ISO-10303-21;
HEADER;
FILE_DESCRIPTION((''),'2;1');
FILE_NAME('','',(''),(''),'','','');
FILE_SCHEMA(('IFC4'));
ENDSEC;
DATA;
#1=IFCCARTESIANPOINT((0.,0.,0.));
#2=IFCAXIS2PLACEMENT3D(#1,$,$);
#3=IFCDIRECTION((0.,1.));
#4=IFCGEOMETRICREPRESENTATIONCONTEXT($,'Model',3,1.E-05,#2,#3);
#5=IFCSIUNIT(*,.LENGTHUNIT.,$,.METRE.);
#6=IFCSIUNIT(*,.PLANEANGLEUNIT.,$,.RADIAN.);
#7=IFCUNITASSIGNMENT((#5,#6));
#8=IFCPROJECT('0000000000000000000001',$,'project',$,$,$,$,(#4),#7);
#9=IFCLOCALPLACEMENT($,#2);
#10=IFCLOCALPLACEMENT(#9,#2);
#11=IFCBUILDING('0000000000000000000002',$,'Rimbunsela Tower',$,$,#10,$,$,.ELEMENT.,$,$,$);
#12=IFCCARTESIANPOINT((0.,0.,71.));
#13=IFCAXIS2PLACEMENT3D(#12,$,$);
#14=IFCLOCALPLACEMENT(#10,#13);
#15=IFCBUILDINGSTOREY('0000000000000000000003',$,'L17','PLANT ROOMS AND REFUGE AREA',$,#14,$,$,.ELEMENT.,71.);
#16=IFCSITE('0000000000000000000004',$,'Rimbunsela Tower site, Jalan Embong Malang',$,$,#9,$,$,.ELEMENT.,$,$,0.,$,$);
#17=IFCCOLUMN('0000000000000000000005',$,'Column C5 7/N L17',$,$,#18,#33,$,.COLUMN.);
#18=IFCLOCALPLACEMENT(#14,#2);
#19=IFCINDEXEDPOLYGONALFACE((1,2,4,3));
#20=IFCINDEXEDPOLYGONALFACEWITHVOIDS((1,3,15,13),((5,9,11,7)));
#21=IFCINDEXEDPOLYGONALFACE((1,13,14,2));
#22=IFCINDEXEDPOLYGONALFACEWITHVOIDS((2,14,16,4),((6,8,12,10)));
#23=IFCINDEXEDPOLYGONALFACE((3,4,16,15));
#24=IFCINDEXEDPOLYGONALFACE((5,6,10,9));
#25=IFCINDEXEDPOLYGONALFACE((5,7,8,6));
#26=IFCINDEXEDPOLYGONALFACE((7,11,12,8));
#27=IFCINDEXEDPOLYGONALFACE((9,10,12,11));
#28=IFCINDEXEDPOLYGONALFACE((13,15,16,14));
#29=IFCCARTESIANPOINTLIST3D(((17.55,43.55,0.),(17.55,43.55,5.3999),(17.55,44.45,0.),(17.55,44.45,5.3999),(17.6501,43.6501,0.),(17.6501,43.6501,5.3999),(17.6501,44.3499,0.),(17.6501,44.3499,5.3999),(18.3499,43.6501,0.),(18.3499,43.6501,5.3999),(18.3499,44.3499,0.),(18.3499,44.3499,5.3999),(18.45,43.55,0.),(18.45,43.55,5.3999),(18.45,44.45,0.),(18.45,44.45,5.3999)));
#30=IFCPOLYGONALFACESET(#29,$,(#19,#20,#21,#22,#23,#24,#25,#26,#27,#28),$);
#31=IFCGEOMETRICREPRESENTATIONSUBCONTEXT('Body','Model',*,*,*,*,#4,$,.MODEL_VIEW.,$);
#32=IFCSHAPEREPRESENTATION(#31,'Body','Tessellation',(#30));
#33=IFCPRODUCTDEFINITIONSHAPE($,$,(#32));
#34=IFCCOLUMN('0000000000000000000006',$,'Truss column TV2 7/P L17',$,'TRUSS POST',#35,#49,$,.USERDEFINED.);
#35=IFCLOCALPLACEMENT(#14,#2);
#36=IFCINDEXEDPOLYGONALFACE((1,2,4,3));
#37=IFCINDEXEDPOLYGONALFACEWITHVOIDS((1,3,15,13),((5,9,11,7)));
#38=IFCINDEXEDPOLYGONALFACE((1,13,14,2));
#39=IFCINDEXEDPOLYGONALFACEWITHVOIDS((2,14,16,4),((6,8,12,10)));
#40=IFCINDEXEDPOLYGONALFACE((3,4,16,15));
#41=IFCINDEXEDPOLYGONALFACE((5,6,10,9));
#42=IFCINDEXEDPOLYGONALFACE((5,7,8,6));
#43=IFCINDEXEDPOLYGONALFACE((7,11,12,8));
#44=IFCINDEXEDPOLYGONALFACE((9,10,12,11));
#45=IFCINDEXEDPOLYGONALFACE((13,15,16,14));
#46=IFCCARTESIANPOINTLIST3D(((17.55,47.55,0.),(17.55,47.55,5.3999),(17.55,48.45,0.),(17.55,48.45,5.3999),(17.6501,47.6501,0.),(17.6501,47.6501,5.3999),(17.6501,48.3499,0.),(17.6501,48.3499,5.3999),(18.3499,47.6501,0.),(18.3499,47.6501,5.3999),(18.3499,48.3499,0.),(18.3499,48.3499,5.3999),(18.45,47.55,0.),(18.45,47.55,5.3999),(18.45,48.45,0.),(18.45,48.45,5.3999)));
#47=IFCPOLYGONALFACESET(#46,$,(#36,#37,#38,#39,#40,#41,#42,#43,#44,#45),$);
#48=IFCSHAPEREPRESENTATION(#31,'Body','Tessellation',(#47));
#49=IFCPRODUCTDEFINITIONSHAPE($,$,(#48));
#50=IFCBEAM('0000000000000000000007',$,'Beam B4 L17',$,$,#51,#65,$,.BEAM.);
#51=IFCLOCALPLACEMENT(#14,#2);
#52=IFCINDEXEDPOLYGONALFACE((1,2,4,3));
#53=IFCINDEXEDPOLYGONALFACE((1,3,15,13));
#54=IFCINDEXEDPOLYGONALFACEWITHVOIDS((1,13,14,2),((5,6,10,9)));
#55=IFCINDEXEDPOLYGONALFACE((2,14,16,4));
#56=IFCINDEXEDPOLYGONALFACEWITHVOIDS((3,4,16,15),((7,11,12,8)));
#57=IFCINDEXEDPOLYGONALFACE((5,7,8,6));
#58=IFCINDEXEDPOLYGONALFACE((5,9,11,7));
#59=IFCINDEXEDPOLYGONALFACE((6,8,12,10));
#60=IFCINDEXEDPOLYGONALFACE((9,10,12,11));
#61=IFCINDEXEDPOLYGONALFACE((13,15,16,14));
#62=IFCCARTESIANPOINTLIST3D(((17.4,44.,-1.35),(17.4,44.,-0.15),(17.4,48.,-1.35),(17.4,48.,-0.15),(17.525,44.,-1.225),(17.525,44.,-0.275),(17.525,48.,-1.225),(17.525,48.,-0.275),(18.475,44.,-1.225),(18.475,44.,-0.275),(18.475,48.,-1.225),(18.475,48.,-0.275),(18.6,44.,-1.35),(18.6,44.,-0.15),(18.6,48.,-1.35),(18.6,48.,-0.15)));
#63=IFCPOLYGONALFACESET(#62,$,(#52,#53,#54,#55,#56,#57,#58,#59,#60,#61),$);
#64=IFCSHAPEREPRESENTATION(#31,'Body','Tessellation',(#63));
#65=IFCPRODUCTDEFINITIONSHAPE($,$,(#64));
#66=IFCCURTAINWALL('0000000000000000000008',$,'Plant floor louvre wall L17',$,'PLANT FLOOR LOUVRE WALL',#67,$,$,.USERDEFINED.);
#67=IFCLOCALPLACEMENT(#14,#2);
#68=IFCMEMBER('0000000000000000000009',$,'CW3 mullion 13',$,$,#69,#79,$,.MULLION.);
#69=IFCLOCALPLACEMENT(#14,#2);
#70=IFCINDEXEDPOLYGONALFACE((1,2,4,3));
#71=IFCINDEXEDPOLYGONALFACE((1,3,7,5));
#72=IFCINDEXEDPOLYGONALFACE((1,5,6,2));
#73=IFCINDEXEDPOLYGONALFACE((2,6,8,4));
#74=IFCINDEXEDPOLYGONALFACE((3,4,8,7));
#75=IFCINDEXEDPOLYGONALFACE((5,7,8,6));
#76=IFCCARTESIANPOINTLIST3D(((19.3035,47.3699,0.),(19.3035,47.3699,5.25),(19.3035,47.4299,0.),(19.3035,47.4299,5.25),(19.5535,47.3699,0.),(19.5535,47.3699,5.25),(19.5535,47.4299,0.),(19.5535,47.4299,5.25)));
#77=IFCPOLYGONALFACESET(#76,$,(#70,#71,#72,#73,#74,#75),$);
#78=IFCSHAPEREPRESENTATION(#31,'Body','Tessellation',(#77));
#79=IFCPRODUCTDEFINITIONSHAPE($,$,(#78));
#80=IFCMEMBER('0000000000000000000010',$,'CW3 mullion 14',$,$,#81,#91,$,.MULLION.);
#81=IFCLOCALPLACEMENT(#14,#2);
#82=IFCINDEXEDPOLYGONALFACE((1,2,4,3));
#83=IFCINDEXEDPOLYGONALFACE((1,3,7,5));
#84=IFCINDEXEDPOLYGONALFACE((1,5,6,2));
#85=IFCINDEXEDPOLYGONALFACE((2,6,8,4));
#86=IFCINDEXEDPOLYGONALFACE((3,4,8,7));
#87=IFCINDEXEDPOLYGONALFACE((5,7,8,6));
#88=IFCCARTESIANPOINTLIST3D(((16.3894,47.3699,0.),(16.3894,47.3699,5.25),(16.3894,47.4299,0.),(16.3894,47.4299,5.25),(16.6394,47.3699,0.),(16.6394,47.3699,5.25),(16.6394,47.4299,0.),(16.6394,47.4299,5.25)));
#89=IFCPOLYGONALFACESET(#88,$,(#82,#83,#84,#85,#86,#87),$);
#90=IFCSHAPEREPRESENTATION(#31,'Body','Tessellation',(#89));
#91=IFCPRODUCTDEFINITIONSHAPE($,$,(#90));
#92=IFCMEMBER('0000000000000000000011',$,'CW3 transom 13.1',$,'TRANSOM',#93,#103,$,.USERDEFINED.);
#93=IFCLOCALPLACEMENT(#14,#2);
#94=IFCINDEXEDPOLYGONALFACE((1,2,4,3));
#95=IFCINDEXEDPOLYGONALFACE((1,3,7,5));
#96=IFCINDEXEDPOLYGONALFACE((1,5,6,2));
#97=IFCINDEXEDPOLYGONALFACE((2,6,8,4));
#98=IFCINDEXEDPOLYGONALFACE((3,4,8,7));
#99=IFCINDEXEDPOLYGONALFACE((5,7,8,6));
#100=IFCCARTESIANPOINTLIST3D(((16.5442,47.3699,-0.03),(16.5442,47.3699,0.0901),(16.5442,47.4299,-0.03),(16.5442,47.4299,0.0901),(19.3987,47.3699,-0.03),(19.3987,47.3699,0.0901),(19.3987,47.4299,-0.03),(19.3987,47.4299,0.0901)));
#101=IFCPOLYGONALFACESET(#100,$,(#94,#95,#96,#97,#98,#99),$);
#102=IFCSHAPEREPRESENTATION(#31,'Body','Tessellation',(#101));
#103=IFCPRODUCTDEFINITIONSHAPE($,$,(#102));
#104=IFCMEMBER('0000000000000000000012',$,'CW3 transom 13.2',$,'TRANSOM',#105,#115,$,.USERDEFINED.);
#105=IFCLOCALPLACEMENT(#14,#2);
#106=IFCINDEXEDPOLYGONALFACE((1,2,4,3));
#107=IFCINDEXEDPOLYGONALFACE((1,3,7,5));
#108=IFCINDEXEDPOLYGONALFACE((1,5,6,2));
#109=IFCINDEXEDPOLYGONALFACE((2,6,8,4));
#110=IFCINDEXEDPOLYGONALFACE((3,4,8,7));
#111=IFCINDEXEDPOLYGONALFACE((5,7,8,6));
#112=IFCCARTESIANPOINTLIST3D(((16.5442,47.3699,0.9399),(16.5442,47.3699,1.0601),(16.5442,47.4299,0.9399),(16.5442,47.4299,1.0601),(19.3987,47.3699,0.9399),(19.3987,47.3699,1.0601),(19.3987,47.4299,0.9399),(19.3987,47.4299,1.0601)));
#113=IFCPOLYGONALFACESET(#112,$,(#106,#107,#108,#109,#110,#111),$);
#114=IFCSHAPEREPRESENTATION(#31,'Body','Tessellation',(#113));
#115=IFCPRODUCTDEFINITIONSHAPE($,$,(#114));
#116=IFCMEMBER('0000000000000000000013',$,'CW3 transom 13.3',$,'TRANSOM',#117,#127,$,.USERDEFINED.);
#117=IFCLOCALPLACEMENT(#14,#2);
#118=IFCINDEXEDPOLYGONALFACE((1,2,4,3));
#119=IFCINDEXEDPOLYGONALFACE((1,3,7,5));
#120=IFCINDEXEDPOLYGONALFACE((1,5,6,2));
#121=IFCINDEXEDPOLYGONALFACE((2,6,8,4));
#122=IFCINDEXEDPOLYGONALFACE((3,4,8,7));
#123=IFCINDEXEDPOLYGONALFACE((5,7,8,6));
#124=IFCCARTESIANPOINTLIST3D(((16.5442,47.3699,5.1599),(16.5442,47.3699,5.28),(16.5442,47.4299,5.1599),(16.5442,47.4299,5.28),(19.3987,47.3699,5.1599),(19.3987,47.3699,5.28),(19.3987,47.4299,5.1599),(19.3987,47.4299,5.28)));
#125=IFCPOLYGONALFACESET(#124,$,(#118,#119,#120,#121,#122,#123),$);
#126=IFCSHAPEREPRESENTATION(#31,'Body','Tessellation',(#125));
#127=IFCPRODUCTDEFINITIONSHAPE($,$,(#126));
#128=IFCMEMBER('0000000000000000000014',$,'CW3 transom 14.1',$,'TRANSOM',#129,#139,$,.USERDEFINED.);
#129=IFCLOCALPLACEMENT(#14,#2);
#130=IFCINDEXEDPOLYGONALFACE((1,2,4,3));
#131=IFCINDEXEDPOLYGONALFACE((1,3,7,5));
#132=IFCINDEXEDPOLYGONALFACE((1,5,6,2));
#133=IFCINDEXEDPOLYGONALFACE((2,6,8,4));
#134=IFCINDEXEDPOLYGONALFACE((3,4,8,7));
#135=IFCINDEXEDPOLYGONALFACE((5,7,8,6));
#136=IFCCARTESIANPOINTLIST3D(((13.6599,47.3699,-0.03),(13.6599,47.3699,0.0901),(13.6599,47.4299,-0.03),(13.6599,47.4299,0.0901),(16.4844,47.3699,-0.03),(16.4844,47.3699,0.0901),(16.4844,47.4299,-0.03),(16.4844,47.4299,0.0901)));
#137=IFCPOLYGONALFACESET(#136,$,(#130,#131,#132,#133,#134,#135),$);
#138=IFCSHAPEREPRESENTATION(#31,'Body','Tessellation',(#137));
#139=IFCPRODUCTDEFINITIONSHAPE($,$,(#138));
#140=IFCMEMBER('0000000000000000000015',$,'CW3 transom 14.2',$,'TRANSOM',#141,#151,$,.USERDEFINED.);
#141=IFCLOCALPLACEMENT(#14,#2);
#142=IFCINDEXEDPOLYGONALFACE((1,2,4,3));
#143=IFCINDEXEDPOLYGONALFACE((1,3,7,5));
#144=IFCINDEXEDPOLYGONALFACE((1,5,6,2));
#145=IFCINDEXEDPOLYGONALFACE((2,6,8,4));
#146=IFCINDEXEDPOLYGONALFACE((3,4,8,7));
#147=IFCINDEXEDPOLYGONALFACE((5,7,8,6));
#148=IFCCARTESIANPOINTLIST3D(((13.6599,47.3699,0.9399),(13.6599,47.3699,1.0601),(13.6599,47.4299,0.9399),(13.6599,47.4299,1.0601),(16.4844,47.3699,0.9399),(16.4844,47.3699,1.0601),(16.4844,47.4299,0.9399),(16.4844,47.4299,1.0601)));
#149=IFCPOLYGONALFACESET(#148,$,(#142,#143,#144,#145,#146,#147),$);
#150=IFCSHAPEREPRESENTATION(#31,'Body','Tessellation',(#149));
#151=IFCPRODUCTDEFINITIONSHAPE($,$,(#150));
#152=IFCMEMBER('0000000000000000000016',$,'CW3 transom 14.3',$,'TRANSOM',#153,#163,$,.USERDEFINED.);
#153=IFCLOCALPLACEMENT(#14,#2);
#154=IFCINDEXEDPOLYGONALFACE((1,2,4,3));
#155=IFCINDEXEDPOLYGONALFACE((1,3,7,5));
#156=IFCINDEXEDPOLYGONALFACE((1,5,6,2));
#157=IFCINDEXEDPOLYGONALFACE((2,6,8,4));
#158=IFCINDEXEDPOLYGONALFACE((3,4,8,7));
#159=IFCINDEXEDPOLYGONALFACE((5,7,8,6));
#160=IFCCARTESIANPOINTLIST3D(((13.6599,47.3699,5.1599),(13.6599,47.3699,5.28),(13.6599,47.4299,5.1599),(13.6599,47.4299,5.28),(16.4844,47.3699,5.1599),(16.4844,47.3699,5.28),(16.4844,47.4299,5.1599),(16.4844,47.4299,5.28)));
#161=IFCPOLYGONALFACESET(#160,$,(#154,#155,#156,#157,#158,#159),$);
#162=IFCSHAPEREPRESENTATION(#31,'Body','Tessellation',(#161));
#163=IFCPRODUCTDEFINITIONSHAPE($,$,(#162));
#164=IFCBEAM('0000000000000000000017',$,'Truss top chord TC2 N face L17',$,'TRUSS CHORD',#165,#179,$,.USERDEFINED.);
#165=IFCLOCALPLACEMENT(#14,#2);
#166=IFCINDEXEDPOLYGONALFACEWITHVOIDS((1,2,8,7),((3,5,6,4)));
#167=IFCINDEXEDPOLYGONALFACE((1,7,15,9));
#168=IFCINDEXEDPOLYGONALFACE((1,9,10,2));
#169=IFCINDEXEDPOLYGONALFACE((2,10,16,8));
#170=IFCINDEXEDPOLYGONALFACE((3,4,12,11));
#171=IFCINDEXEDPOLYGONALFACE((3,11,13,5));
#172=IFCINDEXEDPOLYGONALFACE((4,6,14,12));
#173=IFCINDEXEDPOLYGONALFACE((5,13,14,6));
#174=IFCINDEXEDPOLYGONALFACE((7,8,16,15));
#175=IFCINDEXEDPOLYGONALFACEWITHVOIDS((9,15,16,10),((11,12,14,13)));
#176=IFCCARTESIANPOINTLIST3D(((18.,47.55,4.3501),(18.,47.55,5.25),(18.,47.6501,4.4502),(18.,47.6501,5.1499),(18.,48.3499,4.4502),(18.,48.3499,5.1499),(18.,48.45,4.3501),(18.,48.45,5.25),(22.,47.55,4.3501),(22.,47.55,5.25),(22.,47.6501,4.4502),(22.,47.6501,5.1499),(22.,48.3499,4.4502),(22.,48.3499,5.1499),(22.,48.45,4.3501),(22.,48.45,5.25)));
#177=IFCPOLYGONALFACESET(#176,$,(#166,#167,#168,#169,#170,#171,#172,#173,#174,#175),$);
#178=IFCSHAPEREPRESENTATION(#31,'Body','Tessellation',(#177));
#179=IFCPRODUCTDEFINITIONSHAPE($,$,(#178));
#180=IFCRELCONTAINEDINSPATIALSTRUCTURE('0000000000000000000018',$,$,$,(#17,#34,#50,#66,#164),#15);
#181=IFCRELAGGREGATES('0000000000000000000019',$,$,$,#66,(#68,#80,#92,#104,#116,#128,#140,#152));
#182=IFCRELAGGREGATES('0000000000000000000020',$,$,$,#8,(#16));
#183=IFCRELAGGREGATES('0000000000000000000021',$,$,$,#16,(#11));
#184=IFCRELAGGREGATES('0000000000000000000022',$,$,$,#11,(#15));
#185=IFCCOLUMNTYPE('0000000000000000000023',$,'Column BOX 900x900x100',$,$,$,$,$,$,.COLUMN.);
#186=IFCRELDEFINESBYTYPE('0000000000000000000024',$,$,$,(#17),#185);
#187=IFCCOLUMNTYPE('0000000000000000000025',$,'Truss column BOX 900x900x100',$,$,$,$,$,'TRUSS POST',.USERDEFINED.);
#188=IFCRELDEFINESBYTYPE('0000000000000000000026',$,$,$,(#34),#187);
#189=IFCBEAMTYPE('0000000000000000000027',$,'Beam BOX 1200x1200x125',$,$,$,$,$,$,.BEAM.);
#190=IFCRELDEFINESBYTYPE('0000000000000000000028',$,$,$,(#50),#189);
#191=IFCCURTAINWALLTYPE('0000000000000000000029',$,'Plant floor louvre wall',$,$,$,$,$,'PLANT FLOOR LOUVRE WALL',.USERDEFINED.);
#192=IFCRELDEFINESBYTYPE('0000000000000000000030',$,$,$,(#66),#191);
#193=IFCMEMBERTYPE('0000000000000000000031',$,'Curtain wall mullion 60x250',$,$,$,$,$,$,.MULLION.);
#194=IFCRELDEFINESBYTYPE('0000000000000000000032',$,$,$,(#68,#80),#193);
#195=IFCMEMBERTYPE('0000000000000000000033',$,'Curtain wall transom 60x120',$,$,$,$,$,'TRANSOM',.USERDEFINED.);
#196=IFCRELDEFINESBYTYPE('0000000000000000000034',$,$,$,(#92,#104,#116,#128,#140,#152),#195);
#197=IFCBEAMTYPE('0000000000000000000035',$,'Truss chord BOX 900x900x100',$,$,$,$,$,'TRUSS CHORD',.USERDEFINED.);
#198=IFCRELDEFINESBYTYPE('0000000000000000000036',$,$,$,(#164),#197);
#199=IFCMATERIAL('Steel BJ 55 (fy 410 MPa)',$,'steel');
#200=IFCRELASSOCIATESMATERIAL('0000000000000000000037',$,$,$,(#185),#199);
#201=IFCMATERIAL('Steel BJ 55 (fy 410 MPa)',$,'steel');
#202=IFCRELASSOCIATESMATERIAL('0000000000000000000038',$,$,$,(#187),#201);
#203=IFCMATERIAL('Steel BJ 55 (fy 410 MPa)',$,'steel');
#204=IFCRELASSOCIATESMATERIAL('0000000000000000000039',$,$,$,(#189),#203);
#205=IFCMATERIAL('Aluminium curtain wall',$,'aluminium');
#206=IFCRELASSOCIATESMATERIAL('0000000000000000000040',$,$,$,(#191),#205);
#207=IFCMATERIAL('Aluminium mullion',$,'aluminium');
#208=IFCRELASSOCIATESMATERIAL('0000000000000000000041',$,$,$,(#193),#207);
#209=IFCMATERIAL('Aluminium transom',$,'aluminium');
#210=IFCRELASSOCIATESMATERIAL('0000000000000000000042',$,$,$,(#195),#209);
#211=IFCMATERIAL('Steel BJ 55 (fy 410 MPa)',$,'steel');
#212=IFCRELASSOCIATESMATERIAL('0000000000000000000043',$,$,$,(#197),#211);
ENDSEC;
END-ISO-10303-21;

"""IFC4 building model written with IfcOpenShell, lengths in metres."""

from ifc_helpers import new_model, si_unit, direction, frame, origin, origin_2d, place, context, subcontext, project, spatial, rectangle, hollow_rectangle, extrude, material, material_profile, profile_set, type_object, element, aggregate, save


model = new_model("IFC4")

# Units and contexts
model_context = context("Model", 3, precision=1e-05, world=origin(), true_north=direction((0.0, 1.0)))
body_context = subcontext(model_context, "Body", "Model", "MODEL_VIEW")
ifc_project = project(units=[si_unit("LENGTHUNIT", "METRE"), si_unit("PLANEANGLEUNIT", "RADIAN")], contexts=[model_context])

# Site, building, storey
site_placement = place(None, origin())
site = spatial("IfcSite", under=ifc_project, at=site_placement, Name="Rimbunsela Tower site, Jalan Embong Malang", CompositionType="ELEMENT", RefElevation=0.0)
building_placement = place(site_placement, origin())
building = spatial("IfcBuilding", under=site, at=building_placement, Name="Rimbunsela Tower", CompositionType="ELEMENT")
storey_placement = place(building_placement, frame((0.0, 0.0, 71.0)))
storey = spatial("IfcBuildingStorey", under=building, at=storey_placement, Name="L17", Description="PLANT ROOMS AND REFUGE AREA", CompositionType="ELEMENT", Elevation=71.0)

# Columns
ifc_material_1 = material(Name="Steel BJ 55 (fy 410 MPa)", Category="steel")
ifc_material_profile_1 = material_profile(ifc_material_1, hollow_rectangle(XDim=0.8999, YDim=0.8999, WallThickness=0.1001, at=origin_2d()), Name="BOX 900x900x100")
ifc_profile_set_1 = profile_set([ifc_material_profile_1], Name="Steel BJ 55 (fy 410 MPa)")
column_type_1 = type_object("IfcColumnType", Name="Column BOX 900x900x100", PredefinedType="COLUMN", material=ifc_profile_set_1)
column_1_placement = place(storey_placement, frame((18.0, 44.0, 0.0), z_axis=(0.0, 0.0, 1.0), x_axis=(1.0, 0.0, 0.0)))
element("IfcColumn", 1, at=column_1_placement, inside=storey, type_object=column_type_1, Name="Column C5 7/N L17", PredefinedType="COLUMN", context=body_context, shape_type="SweptSolid", body=[
    extrude(hollow_rectangle(XDim=0.8999, YDim=0.8999, WallThickness=0.1001, at=origin_2d()), origin(), (0.0, 0.0, 1.0), 5.3999),
])
ifc_material_2 = material(Name="Steel BJ 55 (fy 410 MPa)", Category="steel")
ifc_material_profile_2 = material_profile(ifc_material_2, hollow_rectangle(XDim=0.8999, YDim=0.8999, WallThickness=0.1001, at=origin_2d()), Name="BOX 900x900x100")
ifc_profile_set_2 = profile_set([ifc_material_profile_2], Name="Steel BJ 55 (fy 410 MPa)")
column_type_2 = type_object("IfcColumnType", Name="Truss column BOX 900x900x100", ElementType="TRUSS POST", PredefinedType="USERDEFINED", material=ifc_profile_set_2)
column_2_placement = place(storey_placement, frame((18.0, 48.0, 0.0), z_axis=(0.0, 0.0, 1.0), x_axis=(1.0, 0.0, 0.0)))
element("IfcColumn", 2, at=column_2_placement, inside=storey, type_object=column_type_2, Name="Truss column TV2 7/P L17", ObjectType="TRUSS POST", PredefinedType="USERDEFINED", context=body_context, shape_type="SweptSolid", body=[
    extrude(hollow_rectangle(XDim=0.8999, YDim=0.8999, WallThickness=0.1001, at=origin_2d()), origin(), (0.0, 0.0, 1.0), 5.3999),
])

# Beam
ifc_material_3 = material(Name="Steel BJ 55 (fy 410 MPa)", Category="steel")
ifc_material_profile_3 = material_profile(ifc_material_3, hollow_rectangle(XDim=1.2, YDim=1.2, WallThickness=0.125, at=origin_2d()), Name="BOX 1200x1200x125")
ifc_profile_set_3 = profile_set([ifc_material_profile_3], Name="Steel BJ 55 (fy 410 MPa)")
beam_type_1 = type_object("IfcBeamType", Name="Beam BOX 1200x1200x125", PredefinedType="BEAM", material=ifc_profile_set_3)
beam_placement = place(storey_placement, frame((18.0, 44.0, -0.75), z_axis=(0.0, 1.0, 0.0), x_axis=(-1.0, 0.0, 0.0)))
element("IfcBeam", 3, at=beam_placement, inside=storey, type_object=beam_type_1, Name="Beam B4 L17", PredefinedType="BEAM", context=body_context, shape_type="SweptSolid", body=[
    extrude(hollow_rectangle(XDim=1.2, YDim=1.2, WallThickness=0.125, at=origin_2d()), origin(), (0.0, 0.0, 1.0), 4.0),
])

# Curtain wall, members
ifc_material_4 = material(Name="Aluminium curtain wall", Category="aluminium")
curtain_wall_type = type_object("IfcCurtainWallType", Name="Plant floor louvre wall", ElementType="PLANT FLOOR LOUVRE WALL", PredefinedType="USERDEFINED", material=ifc_material_4)
curtain_wall_placement = place(storey_placement, origin())
curtain_wall = element("IfcCurtainWall", 4, at=curtain_wall_placement, inside=storey, type_object=curtain_wall_type, Name="Plant floor louvre wall L17", ObjectType="PLANT FLOOR LOUVRE WALL", PredefinedType="USERDEFINED")
ifc_material_5 = material(Name="Aluminium mullion", Category="aluminium")
ifc_material_profile_4 = material_profile(ifc_material_5, rectangle(XDim=0.0601, YDim=0.25, at=origin_2d()), Name="Mullion 60x250")
ifc_profile_set_4 = profile_set([ifc_material_profile_4], Name="Aluminium mullion")
member_type_1 = type_object("IfcMemberType", Name="Curtain wall mullion 60x250", PredefinedType="MULLION", material=ifc_profile_set_4)
member_1_placement = place(storey_placement, frame((19.4285, 47.3999, 0.0), z_axis=(0.0, 0.0, 1.0), x_axis=(0.0, -1.0, 0.0)))
member_1 = element("IfcMember", 5, at=member_1_placement, type_object=member_type_1, Name="CW3 mullion 13", PredefinedType="MULLION", context=body_context, shape_type="SweptSolid", body=[
    extrude(rectangle(XDim=0.0601, YDim=0.25, at=origin_2d()), origin(), (0.0, 0.0, 1.0), 5.25),
])
member_2_placement = place(storey_placement, frame((16.5144, 47.3999, 0.0), z_axis=(0.0, 0.0, 1.0), x_axis=(0.0, -1.0, 0.0)))
member_2 = element("IfcMember", 6, at=member_2_placement, type_object=member_type_1, Name="CW3 mullion 14", PredefinedType="MULLION", context=body_context, shape_type="SweptSolid", body=[
    extrude(rectangle(XDim=0.0601, YDim=0.25, at=origin_2d()), origin(), (0.0, 0.0, 1.0), 5.25),
])
ifc_material_6 = material(Name="Aluminium transom", Category="aluminium")
ifc_material_profile_5 = material_profile(ifc_material_6, rectangle(XDim=0.0601, YDim=0.1201, at=origin_2d()), Name="Transom 60x120")
ifc_profile_set_5 = profile_set([ifc_material_profile_5], Name="Aluminium transom")
member_type_2 = type_object("IfcMemberType", Name="Curtain wall transom 60x120", ElementType="TRANSOM", PredefinedType="USERDEFINED", material=ifc_profile_set_5)
member_3_placement = place(storey_placement, frame((19.3987, 47.3999, 0.03), z_axis=(-1.0, 0.0, 0.0), x_axis=(0.0, -1.0, 0.0)))
member_3 = element("IfcMember", 7, at=member_3_placement, type_object=member_type_2, Name="CW3 transom 13.1", ObjectType="TRANSOM", PredefinedType="USERDEFINED", context=body_context, shape_type="SweptSolid", body=[
    extrude(rectangle(XDim=0.0601, YDim=0.1201, at=origin_2d()), origin(), (0.0, 0.0, 1.0), 2.8545),
])
member_4_placement = place(storey_placement, frame((19.3987, 47.3999, 1.0), z_axis=(-1.0, 0.0, 0.0), x_axis=(0.0, -1.0, 0.0)))
member_4 = element("IfcMember", 8, at=member_4_placement, type_object=member_type_2, Name="CW3 transom 13.2", ObjectType="TRANSOM", PredefinedType="USERDEFINED", context=body_context, shape_type="SweptSolid", body=[
    extrude(rectangle(XDim=0.0601, YDim=0.1201, at=origin_2d()), origin(), (0.0, 0.0, 1.0), 2.8545),
])
member_5_placement = place(storey_placement, frame((19.3987, 47.3999, 5.22), z_axis=(-1.0, 0.0, 0.0), x_axis=(0.0, -1.0, 0.0)))
member_5 = element("IfcMember", 9, at=member_5_placement, type_object=member_type_2, Name="CW3 transom 13.3", ObjectType="TRANSOM", PredefinedType="USERDEFINED", context=body_context, shape_type="SweptSolid", body=[
    extrude(rectangle(XDim=0.0601, YDim=0.1201, at=origin_2d()), origin(), (0.0, 0.0, 1.0), 2.8545),
])
member_6_placement = place(storey_placement, frame((16.4844, 47.3999, 0.03), z_axis=(-1.0, 0.0, 0.0), x_axis=(0.0, -1.0, 0.0)))
member_6 = element("IfcMember", 10, at=member_6_placement, type_object=member_type_2, Name="CW3 transom 14.1", ObjectType="TRANSOM", PredefinedType="USERDEFINED", context=body_context, shape_type="SweptSolid", body=[
    extrude(rectangle(XDim=0.0601, YDim=0.1201, at=origin_2d()), origin(), (0.0, 0.0, 1.0), 2.8245),
])
member_7_placement = place(storey_placement, frame((16.4844, 47.3999, 1.0), z_axis=(-1.0, 0.0, 0.0), x_axis=(0.0, -1.0, 0.0)))
member_7 = element("IfcMember", 11, at=member_7_placement, type_object=member_type_2, Name="CW3 transom 14.2", ObjectType="TRANSOM", PredefinedType="USERDEFINED", context=body_context, shape_type="SweptSolid", body=[
    extrude(rectangle(XDim=0.0601, YDim=0.1201, at=origin_2d()), origin(), (0.0, 0.0, 1.0), 2.8245),
])
member_8_placement = place(storey_placement, frame((16.4844, 47.3999, 5.22), z_axis=(-1.0, 0.0, 0.0), x_axis=(0.0, -1.0, 0.0)))
member_8 = element("IfcMember", 12, at=member_8_placement, type_object=member_type_2, Name="CW3 transom 14.3", ObjectType="TRANSOM", PredefinedType="USERDEFINED", context=body_context, shape_type="SweptSolid", body=[
    extrude(rectangle(XDim=0.0601, YDim=0.1201, at=origin_2d()), origin(), (0.0, 0.0, 1.0), 2.8245),
])

# Beam
ifc_material_7 = material(Name="Steel BJ 55 (fy 410 MPa)", Category="steel")
ifc_material_profile_6 = material_profile(ifc_material_7, hollow_rectangle(XDim=0.8999, YDim=0.8999, WallThickness=0.1001, at=origin_2d()), Name="BOX 900x900x100")
ifc_profile_set_6 = profile_set([ifc_material_profile_6], Name="Steel BJ 55 (fy 410 MPa)")
beam_type_2 = type_object("IfcBeamType", Name="Truss chord BOX 900x900x100", ElementType="TRUSS CHORD", PredefinedType="USERDEFINED", material=ifc_profile_set_6)
for number, where, z_axis, x_axis, name in (
    (13, (18.0, 48.0, 4.8), (1.0, 0.0, 0.0), (0.0, 1.0, 0.0), "Truss top chord TC2 N face L17"),
):
    element("IfcBeam", number, at=place(storey_placement, frame(where, z_axis=z_axis, x_axis=x_axis)), inside=storey, type_object=beam_type_2, Name=name, ObjectType="TRUSS CHORD", PredefinedType="USERDEFINED", context=body_context, shape_type="SweptSolid", body=[
        extrude(hollow_rectangle(XDim=0.8999, YDim=0.8999, WallThickness=0.1001, at=origin_2d()), origin(), (0.0, 0.0, 1.0), 4.0),
    ])

aggregate(curtain_wall, [member_1, member_2, member_3, member_4, member_5, member_6, member_7, member_8])

save(model, "model.ifc")
